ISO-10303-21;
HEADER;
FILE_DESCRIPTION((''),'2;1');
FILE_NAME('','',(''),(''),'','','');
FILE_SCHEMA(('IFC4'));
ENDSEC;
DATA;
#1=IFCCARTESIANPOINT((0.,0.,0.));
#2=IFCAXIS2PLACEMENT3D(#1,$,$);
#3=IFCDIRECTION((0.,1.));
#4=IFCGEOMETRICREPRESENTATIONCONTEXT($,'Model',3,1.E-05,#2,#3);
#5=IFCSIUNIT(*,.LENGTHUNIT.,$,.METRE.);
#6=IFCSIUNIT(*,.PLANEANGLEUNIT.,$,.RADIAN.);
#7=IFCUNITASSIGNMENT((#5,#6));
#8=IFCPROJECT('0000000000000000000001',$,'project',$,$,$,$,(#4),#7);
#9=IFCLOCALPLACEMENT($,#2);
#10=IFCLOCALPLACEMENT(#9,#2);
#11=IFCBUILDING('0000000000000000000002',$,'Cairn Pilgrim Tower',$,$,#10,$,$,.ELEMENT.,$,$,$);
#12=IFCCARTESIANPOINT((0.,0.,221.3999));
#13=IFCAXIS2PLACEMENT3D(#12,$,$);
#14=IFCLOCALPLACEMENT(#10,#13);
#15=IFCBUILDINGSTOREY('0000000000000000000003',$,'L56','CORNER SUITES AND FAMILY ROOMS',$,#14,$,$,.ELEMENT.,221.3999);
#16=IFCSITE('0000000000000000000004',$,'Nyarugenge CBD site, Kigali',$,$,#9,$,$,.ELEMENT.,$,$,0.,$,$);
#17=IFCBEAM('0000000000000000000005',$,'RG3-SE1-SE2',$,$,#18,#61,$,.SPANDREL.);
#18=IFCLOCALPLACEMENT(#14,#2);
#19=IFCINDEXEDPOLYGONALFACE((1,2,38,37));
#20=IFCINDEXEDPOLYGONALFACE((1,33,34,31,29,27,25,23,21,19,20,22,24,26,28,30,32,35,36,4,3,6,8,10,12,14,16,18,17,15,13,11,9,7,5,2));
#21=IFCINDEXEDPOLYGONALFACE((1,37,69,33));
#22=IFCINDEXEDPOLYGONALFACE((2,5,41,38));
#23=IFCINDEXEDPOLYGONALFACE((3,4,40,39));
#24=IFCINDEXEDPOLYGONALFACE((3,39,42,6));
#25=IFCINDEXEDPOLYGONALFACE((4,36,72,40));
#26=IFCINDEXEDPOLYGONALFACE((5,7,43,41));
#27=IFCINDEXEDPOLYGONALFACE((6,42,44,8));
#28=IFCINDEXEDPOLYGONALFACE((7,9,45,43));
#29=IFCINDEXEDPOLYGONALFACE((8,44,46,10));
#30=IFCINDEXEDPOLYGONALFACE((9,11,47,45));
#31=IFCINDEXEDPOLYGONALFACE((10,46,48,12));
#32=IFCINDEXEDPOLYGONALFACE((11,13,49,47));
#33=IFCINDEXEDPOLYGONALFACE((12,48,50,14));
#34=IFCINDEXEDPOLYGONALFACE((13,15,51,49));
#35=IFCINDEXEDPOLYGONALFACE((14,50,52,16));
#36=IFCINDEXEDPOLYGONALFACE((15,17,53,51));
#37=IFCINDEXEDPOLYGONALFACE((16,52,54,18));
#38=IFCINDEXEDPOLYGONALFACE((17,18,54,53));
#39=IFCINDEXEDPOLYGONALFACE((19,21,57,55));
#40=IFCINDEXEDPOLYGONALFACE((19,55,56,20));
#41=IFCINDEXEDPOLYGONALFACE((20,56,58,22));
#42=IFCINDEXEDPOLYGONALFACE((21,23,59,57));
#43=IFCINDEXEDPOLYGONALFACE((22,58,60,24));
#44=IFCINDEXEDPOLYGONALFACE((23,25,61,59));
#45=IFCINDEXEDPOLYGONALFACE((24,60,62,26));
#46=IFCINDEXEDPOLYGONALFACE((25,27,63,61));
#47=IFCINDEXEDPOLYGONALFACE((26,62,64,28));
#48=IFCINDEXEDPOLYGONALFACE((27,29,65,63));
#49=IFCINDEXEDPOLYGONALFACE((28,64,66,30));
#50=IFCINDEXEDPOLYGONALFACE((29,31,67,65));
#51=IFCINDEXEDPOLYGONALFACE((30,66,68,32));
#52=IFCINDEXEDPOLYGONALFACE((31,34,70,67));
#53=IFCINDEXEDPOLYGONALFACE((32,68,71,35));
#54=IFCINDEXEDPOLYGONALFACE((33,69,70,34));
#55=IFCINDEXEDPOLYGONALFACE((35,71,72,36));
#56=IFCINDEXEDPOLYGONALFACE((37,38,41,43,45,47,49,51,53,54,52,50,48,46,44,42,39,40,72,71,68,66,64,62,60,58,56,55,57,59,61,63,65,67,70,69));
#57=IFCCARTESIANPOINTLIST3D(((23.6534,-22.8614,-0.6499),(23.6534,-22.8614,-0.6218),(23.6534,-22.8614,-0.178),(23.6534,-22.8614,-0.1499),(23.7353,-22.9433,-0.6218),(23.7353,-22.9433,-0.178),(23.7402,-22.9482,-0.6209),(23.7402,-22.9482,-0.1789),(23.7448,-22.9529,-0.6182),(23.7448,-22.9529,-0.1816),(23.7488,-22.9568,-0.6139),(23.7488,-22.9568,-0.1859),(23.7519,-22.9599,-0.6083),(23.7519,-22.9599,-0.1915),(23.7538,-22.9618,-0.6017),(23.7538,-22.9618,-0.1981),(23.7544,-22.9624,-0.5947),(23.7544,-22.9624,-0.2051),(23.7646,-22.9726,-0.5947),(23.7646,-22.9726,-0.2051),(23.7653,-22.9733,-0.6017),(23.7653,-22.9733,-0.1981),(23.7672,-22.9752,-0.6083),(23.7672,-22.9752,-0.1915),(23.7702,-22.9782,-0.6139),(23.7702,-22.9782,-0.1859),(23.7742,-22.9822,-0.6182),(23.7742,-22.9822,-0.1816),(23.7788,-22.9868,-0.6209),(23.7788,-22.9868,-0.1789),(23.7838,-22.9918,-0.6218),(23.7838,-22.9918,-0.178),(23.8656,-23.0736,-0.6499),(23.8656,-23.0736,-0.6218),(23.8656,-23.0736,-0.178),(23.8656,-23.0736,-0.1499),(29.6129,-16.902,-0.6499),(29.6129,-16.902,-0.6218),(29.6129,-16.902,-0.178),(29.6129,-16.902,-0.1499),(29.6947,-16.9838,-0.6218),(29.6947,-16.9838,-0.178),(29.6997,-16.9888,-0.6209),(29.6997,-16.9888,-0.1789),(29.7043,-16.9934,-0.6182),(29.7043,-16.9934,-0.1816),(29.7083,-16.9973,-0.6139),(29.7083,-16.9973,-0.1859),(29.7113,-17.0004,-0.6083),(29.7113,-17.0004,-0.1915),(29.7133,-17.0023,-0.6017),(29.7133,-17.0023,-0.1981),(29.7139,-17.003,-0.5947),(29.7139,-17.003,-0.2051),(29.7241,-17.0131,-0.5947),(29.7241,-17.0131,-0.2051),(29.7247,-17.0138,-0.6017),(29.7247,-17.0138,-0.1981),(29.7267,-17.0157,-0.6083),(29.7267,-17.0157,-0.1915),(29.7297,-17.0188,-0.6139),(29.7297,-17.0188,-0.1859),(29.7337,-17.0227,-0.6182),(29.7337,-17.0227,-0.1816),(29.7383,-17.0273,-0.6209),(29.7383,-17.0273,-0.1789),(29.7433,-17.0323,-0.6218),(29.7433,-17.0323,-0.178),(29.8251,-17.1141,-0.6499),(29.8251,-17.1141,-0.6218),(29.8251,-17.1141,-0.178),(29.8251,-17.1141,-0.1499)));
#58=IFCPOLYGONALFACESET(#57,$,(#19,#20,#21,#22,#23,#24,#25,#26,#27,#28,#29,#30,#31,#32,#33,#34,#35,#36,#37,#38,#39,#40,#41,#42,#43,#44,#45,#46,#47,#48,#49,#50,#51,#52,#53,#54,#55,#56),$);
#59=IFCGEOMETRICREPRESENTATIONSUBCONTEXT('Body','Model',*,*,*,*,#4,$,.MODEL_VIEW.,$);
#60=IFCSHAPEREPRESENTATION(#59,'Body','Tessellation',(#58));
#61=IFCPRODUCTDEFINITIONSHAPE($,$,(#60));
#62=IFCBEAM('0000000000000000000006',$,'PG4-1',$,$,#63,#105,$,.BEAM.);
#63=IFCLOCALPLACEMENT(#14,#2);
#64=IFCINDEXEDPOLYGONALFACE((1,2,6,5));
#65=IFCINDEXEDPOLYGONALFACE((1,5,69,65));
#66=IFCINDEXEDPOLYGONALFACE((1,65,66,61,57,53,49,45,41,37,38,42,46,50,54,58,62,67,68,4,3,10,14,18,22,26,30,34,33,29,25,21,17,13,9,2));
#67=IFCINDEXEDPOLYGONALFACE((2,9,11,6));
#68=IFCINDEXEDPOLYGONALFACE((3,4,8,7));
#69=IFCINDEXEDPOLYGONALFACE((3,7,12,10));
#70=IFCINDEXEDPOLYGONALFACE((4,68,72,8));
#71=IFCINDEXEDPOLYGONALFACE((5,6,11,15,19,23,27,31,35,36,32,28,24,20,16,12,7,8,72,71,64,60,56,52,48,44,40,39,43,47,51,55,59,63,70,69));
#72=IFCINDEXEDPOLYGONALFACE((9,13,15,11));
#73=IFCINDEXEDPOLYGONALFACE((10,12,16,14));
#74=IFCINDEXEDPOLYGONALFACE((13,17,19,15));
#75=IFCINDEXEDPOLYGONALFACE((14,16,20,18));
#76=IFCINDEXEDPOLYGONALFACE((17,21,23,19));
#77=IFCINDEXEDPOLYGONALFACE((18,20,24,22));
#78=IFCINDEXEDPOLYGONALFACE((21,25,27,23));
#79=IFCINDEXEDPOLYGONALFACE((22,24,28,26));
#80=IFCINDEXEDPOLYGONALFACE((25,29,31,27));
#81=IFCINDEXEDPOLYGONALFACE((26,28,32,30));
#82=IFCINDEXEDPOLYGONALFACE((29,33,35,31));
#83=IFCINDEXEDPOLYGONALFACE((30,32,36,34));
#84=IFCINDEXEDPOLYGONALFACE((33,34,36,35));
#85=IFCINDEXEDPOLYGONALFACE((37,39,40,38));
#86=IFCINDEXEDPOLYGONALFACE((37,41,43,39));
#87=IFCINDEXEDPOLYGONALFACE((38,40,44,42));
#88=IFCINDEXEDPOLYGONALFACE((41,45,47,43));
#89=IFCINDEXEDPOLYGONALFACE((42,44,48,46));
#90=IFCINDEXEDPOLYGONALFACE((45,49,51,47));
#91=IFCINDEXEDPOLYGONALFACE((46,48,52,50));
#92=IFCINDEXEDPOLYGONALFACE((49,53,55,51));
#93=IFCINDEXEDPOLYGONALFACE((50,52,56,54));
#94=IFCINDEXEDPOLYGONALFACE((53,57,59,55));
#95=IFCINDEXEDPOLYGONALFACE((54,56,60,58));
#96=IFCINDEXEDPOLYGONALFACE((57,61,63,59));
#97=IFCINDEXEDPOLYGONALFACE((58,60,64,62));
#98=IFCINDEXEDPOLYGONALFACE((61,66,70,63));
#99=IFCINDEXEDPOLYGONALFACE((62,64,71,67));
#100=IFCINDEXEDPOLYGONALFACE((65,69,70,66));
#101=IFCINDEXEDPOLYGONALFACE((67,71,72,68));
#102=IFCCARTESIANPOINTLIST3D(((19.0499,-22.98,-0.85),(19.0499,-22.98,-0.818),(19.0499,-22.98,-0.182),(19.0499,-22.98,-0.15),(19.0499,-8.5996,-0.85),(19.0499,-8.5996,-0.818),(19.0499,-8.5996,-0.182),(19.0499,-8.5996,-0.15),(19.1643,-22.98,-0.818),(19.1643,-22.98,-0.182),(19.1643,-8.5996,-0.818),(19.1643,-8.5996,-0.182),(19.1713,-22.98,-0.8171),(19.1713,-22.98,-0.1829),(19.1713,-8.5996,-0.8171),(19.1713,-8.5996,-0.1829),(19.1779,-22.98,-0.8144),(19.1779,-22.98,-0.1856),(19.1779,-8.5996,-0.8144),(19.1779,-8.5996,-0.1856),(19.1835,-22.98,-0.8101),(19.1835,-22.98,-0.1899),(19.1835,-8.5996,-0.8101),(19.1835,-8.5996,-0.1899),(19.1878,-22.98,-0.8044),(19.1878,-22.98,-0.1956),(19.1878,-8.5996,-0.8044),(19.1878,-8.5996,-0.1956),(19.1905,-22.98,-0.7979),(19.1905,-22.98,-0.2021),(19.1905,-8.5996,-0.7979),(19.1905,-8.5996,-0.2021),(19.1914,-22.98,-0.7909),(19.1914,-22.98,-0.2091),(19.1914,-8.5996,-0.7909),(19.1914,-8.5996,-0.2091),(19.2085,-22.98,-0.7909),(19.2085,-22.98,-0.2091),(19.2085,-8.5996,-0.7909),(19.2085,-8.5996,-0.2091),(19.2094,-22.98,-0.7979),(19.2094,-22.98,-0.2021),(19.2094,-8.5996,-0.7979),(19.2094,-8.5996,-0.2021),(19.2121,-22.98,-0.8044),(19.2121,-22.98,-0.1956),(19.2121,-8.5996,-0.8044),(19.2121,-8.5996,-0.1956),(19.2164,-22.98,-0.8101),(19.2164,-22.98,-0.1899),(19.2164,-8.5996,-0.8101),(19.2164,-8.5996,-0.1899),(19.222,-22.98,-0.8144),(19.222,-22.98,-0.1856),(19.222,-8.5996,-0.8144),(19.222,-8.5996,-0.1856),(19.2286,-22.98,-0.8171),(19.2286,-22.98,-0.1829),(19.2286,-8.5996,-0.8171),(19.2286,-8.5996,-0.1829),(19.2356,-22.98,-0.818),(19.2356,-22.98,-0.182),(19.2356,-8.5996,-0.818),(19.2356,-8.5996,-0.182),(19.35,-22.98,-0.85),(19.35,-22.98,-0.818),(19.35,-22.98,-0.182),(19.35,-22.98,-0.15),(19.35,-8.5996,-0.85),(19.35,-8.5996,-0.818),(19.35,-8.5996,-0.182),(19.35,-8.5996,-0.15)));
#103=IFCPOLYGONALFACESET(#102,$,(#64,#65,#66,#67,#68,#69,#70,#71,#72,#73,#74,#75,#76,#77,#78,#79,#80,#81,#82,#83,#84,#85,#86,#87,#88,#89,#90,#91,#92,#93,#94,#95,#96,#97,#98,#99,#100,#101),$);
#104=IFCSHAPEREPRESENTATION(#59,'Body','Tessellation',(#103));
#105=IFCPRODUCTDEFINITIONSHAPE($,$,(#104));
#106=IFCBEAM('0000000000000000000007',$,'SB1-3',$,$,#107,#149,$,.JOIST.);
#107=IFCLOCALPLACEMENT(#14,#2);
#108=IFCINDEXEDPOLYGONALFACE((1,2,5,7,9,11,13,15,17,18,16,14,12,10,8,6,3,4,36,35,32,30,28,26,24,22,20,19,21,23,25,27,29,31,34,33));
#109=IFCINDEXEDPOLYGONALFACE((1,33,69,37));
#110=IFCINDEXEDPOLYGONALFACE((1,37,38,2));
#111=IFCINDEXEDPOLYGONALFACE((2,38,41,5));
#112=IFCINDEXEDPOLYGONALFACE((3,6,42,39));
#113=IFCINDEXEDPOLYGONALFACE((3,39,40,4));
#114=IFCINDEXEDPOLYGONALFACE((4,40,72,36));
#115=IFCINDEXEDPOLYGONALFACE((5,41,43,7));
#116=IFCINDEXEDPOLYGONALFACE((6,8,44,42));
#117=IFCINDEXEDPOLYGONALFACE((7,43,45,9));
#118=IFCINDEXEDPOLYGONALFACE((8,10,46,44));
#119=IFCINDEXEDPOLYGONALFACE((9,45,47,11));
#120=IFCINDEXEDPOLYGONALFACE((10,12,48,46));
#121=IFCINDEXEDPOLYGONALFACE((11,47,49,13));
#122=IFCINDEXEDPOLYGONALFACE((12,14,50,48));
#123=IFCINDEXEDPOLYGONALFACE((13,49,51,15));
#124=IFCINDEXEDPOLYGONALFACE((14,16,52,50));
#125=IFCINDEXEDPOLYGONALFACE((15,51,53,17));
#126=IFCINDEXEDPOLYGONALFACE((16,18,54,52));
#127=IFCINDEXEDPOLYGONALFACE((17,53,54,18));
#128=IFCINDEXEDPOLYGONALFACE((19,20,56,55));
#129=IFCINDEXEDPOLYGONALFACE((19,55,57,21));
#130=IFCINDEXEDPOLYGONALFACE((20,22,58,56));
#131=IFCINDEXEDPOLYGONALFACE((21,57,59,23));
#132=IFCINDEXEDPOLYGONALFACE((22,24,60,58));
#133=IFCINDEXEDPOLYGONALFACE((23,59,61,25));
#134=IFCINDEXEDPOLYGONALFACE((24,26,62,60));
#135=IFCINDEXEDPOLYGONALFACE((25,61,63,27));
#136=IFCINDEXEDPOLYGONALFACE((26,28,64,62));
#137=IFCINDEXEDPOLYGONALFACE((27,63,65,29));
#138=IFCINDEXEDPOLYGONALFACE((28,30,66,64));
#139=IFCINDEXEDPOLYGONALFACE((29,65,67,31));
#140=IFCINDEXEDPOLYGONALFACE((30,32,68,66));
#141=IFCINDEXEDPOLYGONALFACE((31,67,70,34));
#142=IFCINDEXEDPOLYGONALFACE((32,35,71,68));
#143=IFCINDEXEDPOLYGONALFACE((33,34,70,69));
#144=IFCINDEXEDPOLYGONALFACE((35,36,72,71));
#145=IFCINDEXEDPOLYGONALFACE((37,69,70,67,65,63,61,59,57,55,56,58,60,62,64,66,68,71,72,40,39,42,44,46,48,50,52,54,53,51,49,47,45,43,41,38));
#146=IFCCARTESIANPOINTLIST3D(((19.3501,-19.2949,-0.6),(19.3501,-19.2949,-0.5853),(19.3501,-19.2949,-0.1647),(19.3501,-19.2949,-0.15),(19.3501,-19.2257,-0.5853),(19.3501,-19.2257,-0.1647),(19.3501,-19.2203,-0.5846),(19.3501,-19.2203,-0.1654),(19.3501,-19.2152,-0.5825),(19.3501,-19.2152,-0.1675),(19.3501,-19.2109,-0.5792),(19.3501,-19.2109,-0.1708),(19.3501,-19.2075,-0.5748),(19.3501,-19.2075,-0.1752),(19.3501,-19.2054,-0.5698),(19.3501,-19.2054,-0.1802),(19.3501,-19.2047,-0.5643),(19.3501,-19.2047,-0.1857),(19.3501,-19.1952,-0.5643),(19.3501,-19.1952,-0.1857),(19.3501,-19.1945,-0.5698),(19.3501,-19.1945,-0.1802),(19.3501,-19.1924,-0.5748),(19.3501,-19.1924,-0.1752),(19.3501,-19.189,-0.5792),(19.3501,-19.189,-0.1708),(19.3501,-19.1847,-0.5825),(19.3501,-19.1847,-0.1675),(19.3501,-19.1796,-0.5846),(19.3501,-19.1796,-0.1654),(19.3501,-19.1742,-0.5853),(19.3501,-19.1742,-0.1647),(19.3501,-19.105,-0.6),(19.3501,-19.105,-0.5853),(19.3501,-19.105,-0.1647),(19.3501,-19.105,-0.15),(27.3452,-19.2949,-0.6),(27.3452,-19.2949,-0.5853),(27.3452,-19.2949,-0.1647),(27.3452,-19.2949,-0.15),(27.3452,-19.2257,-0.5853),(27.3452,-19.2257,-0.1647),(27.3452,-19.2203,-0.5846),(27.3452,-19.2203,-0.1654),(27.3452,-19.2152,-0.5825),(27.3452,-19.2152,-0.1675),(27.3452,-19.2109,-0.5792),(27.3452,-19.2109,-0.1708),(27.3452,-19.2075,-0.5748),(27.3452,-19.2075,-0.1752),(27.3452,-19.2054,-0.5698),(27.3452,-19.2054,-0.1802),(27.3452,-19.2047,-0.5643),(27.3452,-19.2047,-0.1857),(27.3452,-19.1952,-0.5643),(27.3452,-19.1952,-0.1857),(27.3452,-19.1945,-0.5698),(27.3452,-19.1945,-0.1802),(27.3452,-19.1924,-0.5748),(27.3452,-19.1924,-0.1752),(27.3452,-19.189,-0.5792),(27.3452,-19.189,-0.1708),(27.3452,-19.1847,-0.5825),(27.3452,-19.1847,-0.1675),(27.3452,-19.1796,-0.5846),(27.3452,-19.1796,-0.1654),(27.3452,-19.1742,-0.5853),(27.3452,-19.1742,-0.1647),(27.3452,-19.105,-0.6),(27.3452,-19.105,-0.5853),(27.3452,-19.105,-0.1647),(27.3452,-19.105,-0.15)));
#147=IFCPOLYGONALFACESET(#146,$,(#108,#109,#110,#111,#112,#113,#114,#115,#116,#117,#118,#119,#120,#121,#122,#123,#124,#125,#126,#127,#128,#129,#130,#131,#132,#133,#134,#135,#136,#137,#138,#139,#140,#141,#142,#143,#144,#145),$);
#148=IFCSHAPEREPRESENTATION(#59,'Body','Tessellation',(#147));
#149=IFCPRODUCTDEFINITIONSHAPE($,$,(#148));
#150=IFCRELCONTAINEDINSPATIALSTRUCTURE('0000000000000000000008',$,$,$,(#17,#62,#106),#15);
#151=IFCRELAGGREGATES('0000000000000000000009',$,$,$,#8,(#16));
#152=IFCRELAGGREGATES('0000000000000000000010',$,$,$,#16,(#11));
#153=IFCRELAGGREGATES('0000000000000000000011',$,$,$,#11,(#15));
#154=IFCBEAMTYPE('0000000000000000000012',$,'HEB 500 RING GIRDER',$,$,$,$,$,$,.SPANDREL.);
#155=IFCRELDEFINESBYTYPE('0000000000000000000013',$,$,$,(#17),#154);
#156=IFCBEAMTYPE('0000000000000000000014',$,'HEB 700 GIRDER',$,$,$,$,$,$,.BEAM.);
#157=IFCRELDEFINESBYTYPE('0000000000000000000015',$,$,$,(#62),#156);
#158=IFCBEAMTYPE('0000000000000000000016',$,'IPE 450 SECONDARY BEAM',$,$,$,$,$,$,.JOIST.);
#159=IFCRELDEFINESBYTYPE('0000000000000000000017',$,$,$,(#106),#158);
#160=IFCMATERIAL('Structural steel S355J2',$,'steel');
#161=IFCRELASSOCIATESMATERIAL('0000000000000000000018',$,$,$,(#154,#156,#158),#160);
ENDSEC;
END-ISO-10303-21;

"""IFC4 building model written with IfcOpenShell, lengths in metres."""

from ifc_helpers import new_model, si_unit, direction, frame, origin, origin_2d, place, context, subcontext, project, spatial, i_section, extrude, material, material_profile, profile_set, type_object, element, save


model = new_model("IFC4")

# Units and contexts
model_context = context("Model", 3, precision=1e-05, world=origin(), true_north=direction((0.0, 1.0)))
body_context = subcontext(model_context, "Body", "Model", "MODEL_VIEW")
ifc_project = project(units=[si_unit("LENGTHUNIT", "METRE"), si_unit("PLANEANGLEUNIT", "RADIAN")], contexts=[model_context])

# Site, building, storey
site_placement = place(None, origin())
site = spatial("IfcSite", under=ifc_project, at=site_placement, Name="Nyarugenge CBD site, Kigali", CompositionType="ELEMENT", RefElevation=0.0)
building_placement = place(site_placement, origin())
building = spatial("IfcBuilding", under=site, at=building_placement, Name="Cairn Pilgrim Tower", CompositionType="ELEMENT")
storey_placement = place(building_placement, frame((0.0, 0.0, 221.3999)))
storey = spatial("IfcBuildingStorey", under=building, at=storey_placement, Name="L56", Description="CORNER SUITES AND FAMILY ROOMS", CompositionType="ELEMENT", Elevation=221.3999)

# Beams
ifc_material_1 = material(Name="Structural steel S355J2", Category="steel")
ifc_material_profile_1 = material_profile(ifc_material_1, i_section(OverallWidth=0.3, OverallDepth=0.5, WebThickness=0.0144, FlangeThickness=0.0281, FilletRadius=0.0271, at=origin_2d()), Name="HEB 500")
ifc_profile_set_1 = profile_set([ifc_material_profile_1], Name="Structural steel S355J2")
beam_type_1 = type_object("IfcBeamType", Name="HEB 500 RING GIRDER", PredefinedType="SPANDREL", material=ifc_profile_set_1)
beam_1_placement = place(storey_placement, frame((23.7595, -22.9675, -0.3999), z_axis=(0.707107, 0.707107, 0.0), x_axis=(-0.707107, 0.707107, 0.0)))
element("IfcBeam", 1, at=beam_1_placement, inside=storey, type_object=beam_type_1, Name="RG3-SE1-SE2", PredefinedType="SPANDREL", context=body_context, shape_type="SweptSolid", body=[
    extrude(i_section(OverallWidth=0.3, OverallDepth=0.5, WebThickness=0.0144, FlangeThickness=0.0281, FilletRadius=0.0271, at=origin_2d()), origin(), (0.0, 0.0, 1.0), 8.428),
])
ifc_material_profile_2 = material_profile(ifc_material_1, i_section(OverallWidth=0.3, OverallDepth=0.7, WebThickness=0.0171, FlangeThickness=0.032, FilletRadius=0.0271, at=origin_2d()), Name="HEB 700")
ifc_profile_set_2 = profile_set([ifc_material_profile_2], Name="Structural steel S355J2")
beam_type_2 = type_object("IfcBeamType", Name="HEB 700 GIRDER", PredefinedType="BEAM", material=ifc_profile_set_2)
beam_2_placement = place(storey_placement, frame((19.2, -22.98, -0.5), z_axis=(0.0, 1.0, 0.0), x_axis=(-1.0, 0.0, 0.0)))
element("IfcBeam", 2, at=beam_2_placement, inside=storey, type_object=beam_type_2, Name="PG4-1", PredefinedType="BEAM", context=body_context, shape_type="SweptSolid", body=[
    extrude(i_section(OverallWidth=0.3, OverallDepth=0.7, WebThickness=0.0171, FlangeThickness=0.032, FilletRadius=0.0271, at=origin_2d()), origin(), (0.0, 0.0, 1.0), 14.3804),
])
ifc_material_profile_3 = material_profile(ifc_material_1, i_section(OverallWidth=0.1899, OverallDepth=0.45, WebThickness=0.0095, FlangeThickness=0.0146, FilletRadius=0.021, at=origin_2d()), Name="IPE 450")
ifc_profile_set_3 = profile_set([ifc_material_profile_3], Name="Structural steel S355J2")
beam_type_3 = type_object("IfcBeamType", Name="IPE 450 SECONDARY BEAM", PredefinedType="JOIST", material=ifc_profile_set_3)
beam_3_placement = place(storey_placement, frame((19.3501, -19.2, -0.375), z_axis=(1.0, 0.0, 0.0), x_axis=(0.0, 1.0, 0.0)))
element("IfcBeam", 3, at=beam_3_placement, inside=storey, type_object=beam_type_3, Name="SB1-3", PredefinedType="JOIST", context=body_context, shape_type="SweptSolid", body=[
    extrude(i_section(OverallWidth=0.1899, OverallDepth=0.45, WebThickness=0.0095, FlangeThickness=0.0146, FilletRadius=0.021, at=origin_2d()), origin(), (0.0, 0.0, 1.0), 7.9951),
])

save(model, "model.ifc")
